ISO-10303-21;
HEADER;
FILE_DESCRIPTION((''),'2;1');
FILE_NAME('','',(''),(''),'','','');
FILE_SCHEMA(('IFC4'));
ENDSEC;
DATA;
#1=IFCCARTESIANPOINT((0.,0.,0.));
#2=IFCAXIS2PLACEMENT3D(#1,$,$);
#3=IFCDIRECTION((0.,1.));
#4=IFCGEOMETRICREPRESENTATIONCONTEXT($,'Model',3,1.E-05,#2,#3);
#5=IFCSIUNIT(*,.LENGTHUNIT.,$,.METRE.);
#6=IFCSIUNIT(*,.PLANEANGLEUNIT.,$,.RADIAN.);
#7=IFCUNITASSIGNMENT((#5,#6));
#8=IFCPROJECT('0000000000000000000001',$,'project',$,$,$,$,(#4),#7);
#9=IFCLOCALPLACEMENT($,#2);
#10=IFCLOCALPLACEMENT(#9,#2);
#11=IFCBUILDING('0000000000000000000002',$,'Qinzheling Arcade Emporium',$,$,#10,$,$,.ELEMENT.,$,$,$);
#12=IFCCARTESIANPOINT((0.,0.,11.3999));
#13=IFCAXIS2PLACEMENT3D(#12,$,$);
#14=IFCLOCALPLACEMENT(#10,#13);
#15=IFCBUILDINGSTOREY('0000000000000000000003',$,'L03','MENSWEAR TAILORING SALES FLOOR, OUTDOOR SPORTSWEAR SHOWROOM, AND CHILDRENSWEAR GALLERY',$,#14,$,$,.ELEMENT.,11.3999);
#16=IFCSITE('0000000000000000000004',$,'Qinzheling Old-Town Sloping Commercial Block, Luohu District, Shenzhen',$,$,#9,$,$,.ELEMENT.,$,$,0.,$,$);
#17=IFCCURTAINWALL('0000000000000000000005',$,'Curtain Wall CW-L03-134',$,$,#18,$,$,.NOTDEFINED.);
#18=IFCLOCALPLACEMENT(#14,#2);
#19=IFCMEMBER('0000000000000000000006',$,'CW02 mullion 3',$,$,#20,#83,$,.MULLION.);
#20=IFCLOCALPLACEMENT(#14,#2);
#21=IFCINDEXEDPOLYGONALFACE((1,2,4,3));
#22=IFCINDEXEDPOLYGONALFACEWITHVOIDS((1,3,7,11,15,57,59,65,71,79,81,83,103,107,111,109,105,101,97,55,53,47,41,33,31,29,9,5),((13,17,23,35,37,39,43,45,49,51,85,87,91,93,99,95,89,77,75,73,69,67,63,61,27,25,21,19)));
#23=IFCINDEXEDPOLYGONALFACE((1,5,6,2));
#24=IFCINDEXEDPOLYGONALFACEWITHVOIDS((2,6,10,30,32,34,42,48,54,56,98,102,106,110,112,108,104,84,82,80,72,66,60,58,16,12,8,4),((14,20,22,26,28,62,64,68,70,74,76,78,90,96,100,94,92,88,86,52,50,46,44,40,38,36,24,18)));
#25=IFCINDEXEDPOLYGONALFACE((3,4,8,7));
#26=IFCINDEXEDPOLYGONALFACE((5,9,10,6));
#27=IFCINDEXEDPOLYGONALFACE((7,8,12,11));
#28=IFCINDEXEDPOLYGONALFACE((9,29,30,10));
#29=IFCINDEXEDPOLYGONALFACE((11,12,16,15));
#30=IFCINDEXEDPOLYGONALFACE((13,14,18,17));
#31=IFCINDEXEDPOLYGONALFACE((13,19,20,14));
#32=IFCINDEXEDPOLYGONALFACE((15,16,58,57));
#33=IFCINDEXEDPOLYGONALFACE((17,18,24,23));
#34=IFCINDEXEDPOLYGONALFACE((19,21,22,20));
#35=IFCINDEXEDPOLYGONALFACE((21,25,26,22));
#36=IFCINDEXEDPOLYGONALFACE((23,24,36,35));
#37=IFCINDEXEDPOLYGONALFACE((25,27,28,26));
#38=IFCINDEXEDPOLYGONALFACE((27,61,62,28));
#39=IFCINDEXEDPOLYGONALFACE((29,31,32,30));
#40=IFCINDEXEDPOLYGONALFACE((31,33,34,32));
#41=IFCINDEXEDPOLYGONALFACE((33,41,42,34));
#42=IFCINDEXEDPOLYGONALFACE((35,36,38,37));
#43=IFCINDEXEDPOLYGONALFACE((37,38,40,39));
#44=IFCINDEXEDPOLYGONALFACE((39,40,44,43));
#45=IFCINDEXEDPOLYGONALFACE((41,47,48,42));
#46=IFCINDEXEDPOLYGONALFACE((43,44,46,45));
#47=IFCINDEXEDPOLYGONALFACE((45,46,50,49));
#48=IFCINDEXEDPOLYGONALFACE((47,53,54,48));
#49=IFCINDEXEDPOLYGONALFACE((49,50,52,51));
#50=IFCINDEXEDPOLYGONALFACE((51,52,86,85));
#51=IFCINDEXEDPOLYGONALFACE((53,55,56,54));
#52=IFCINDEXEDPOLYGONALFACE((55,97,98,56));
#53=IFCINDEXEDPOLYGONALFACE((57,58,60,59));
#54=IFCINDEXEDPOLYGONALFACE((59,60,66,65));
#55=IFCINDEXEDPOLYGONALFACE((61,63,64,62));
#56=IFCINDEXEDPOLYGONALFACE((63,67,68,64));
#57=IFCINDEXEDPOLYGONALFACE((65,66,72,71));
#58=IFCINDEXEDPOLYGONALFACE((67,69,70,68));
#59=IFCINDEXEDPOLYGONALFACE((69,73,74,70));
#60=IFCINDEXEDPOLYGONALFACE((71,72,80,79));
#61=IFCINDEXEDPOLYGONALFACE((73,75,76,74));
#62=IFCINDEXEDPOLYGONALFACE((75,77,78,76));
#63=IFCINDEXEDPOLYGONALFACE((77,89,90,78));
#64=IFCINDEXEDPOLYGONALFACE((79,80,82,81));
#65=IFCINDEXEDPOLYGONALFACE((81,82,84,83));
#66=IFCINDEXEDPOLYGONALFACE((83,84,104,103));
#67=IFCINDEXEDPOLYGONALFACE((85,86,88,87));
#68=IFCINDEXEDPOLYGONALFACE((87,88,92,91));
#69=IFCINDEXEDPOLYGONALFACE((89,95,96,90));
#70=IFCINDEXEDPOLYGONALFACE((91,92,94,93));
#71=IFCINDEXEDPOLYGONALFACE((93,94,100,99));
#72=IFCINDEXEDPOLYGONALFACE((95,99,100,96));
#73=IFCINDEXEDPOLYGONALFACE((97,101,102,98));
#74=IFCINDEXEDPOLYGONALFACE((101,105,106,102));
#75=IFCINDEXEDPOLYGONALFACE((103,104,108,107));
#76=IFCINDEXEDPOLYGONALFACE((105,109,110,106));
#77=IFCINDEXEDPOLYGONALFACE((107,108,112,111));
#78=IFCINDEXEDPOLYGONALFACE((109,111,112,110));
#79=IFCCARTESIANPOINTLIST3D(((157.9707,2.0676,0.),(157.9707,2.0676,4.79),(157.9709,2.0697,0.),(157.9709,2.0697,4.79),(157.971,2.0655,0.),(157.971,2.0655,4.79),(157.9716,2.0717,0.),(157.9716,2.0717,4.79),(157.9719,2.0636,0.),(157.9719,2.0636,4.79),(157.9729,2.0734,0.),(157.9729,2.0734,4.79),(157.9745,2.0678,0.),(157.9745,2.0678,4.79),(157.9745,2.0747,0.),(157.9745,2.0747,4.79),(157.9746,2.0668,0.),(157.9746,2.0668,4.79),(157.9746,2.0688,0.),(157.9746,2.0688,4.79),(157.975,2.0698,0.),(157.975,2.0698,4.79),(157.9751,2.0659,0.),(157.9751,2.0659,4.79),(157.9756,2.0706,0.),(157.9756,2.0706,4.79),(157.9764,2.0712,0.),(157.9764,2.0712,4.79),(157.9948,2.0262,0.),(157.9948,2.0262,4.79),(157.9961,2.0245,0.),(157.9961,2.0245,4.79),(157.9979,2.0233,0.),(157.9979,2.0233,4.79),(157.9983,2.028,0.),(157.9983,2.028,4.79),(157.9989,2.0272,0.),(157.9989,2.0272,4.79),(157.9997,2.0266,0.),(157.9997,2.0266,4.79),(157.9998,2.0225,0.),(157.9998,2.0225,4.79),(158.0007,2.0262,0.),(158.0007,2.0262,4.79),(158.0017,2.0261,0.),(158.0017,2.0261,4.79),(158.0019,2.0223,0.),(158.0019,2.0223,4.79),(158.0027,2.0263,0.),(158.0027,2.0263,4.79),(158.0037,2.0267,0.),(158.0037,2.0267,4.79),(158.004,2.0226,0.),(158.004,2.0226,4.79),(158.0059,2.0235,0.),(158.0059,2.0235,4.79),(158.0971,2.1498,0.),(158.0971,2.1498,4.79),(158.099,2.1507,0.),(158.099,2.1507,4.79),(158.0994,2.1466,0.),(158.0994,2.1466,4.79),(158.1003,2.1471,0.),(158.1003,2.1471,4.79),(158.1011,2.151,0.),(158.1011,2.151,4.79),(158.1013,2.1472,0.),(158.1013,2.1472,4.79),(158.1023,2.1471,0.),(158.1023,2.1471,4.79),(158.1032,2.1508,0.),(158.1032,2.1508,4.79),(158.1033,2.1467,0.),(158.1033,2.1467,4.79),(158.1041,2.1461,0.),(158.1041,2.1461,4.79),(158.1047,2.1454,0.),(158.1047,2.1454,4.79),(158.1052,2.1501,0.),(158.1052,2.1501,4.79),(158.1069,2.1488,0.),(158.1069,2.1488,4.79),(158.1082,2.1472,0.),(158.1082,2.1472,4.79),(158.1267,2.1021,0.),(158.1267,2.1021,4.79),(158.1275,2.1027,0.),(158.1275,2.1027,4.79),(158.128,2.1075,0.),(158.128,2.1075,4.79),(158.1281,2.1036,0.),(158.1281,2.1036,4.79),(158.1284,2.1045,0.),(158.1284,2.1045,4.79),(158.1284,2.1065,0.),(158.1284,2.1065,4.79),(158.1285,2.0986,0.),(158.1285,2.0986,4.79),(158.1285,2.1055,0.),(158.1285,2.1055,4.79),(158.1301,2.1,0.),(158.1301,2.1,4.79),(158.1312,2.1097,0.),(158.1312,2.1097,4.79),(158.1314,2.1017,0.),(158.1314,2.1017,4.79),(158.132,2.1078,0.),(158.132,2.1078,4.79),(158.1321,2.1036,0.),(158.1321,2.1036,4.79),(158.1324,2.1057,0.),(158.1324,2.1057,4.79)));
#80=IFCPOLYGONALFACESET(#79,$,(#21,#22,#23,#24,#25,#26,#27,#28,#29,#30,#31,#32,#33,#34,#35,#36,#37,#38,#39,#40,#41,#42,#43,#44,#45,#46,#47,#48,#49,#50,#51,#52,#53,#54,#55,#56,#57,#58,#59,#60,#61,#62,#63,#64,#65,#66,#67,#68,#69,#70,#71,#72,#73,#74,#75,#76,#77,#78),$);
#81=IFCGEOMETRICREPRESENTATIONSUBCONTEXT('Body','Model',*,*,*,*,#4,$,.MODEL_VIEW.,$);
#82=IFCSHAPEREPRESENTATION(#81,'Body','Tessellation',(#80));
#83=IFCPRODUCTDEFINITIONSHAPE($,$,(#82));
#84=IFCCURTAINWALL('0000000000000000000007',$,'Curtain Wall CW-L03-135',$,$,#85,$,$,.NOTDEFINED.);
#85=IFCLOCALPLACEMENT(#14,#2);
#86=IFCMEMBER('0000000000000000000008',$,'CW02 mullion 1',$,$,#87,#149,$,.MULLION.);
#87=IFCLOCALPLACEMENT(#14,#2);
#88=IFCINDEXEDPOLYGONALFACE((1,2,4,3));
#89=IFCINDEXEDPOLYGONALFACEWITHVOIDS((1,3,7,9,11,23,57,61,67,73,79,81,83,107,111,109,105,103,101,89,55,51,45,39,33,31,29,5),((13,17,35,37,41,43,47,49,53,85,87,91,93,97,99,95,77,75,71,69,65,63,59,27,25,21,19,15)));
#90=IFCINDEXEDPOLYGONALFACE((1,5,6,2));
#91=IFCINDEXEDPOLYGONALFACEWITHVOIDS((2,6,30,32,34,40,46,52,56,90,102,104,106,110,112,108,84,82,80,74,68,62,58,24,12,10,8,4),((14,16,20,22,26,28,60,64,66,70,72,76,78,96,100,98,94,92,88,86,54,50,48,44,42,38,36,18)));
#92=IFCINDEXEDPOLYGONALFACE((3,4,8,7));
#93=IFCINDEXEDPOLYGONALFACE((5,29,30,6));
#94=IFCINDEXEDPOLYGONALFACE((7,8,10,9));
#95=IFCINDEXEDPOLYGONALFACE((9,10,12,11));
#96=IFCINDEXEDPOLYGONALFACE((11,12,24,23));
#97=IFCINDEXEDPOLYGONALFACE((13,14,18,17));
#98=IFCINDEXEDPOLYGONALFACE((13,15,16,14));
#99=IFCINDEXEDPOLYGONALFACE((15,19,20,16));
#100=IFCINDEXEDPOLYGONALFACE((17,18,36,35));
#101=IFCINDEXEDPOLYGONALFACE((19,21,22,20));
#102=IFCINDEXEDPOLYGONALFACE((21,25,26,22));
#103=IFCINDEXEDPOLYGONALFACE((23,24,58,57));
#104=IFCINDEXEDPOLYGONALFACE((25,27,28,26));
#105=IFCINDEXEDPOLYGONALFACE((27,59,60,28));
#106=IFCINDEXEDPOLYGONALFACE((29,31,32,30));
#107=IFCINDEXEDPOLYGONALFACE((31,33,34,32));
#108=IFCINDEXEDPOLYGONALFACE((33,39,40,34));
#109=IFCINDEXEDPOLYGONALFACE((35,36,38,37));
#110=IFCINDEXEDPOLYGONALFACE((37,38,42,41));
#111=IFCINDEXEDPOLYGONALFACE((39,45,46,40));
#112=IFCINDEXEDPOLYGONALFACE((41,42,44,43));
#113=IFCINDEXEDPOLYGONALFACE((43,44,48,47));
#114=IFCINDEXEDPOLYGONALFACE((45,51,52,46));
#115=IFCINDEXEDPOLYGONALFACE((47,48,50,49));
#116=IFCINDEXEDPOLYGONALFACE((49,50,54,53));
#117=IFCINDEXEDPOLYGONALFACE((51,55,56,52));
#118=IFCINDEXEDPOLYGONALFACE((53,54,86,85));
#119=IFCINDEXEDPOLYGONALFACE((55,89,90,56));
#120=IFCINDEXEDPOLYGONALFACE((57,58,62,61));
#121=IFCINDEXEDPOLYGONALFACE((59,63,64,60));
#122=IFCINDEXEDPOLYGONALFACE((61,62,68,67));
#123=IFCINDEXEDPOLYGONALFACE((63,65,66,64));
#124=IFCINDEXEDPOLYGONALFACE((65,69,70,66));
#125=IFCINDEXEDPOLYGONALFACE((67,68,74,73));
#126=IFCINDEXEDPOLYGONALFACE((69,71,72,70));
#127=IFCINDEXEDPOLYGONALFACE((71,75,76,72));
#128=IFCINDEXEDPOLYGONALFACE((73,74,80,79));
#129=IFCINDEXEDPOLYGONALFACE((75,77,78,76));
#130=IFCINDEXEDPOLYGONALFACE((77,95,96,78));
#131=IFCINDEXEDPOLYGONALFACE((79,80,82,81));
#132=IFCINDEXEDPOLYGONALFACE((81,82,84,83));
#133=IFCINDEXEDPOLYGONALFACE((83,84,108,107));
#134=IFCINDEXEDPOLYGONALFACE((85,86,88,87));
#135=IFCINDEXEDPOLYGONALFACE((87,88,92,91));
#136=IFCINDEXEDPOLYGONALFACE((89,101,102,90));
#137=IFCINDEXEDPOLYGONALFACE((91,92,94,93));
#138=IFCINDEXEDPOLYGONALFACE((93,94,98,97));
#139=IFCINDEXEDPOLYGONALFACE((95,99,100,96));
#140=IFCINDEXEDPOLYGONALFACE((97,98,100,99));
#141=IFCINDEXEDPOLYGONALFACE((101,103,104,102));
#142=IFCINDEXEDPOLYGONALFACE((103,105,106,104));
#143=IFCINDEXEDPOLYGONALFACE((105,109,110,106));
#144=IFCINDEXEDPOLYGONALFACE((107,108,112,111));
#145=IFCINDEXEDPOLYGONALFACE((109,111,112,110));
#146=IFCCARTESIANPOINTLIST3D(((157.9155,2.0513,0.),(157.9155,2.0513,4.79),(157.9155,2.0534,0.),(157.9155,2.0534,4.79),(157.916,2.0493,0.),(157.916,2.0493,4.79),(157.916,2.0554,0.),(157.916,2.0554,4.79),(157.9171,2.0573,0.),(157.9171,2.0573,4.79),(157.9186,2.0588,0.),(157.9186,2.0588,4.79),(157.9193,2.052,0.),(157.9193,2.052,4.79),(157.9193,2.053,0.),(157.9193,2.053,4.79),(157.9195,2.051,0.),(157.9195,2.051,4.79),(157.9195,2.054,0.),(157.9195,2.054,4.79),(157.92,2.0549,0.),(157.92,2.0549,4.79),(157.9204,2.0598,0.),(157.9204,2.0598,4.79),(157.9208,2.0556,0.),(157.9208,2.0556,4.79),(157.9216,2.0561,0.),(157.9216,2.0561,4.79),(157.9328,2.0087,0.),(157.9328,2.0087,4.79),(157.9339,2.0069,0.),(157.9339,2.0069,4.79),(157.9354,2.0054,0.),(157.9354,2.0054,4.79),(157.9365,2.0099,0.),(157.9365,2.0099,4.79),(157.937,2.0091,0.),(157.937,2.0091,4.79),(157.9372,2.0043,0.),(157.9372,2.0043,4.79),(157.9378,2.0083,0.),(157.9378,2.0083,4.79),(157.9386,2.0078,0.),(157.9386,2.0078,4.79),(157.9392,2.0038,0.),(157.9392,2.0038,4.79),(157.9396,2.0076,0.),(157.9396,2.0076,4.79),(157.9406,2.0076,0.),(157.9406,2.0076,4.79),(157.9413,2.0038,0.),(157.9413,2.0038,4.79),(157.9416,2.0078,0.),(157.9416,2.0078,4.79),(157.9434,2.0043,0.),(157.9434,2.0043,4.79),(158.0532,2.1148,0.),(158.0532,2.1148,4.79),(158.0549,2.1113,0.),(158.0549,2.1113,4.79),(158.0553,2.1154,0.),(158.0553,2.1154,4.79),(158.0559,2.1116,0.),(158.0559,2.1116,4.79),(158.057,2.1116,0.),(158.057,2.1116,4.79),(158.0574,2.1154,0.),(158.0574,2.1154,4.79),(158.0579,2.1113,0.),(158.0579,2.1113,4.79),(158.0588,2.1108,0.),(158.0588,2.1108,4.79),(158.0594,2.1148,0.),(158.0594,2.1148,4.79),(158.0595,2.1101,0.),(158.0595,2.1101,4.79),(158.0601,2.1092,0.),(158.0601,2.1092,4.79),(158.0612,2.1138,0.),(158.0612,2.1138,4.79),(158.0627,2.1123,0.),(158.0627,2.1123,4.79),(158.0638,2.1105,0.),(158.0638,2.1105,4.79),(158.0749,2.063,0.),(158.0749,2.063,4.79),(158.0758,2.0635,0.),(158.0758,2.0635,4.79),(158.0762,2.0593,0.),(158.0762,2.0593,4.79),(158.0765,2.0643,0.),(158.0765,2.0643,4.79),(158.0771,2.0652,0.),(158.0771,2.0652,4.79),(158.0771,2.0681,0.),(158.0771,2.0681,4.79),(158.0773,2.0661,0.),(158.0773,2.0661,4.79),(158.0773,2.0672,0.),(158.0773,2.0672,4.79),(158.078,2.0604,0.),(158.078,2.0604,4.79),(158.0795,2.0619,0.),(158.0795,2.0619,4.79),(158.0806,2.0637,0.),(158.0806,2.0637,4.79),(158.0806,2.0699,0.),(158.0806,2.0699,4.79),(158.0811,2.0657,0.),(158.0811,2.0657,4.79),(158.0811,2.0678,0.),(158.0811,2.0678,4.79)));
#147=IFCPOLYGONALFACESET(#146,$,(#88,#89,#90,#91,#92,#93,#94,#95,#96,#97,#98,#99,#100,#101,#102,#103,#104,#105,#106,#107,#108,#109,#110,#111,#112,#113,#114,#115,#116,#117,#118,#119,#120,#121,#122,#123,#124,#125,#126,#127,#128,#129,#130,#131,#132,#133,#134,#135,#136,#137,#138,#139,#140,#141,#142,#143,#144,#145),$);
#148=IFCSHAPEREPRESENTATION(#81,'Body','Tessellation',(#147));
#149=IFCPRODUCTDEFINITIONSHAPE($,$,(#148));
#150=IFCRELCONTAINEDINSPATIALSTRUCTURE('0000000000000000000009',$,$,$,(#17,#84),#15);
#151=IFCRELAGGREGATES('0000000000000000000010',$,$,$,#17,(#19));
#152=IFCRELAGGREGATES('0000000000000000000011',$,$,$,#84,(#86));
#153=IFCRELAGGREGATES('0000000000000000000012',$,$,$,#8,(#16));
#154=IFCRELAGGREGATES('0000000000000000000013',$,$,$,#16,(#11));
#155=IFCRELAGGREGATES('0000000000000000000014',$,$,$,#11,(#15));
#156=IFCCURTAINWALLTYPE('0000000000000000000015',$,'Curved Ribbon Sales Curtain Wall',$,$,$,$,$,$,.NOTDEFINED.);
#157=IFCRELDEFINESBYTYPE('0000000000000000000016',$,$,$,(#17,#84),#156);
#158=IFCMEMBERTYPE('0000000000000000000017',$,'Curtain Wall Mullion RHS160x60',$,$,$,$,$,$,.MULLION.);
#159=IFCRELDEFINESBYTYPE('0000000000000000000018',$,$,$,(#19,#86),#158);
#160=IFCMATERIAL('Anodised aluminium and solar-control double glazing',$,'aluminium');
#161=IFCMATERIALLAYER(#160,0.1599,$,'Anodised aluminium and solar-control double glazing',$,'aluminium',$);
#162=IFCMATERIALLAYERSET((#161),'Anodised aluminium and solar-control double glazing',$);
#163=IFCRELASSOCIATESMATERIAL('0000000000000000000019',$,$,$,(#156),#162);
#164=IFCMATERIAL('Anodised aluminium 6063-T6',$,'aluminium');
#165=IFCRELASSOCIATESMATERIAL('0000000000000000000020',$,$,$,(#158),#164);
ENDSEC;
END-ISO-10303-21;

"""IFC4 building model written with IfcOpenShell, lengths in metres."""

from ifc_helpers import new_model, si_unit, direction, frame, origin, origin_2d, place, context, subcontext, project, spatial, hollow_rectangle, extrude, material, layer, layer_set, material_profile, profile_set, type_object, element, aggregate, save


model = new_model("IFC4")

# Units and contexts
model_context = context("Model", 3, precision=1e-05, world=origin(), true_north=direction((0.0, 1.0)))
body_context = subcontext(model_context, "Body", "Model", "MODEL_VIEW")
ifc_project = project(units=[si_unit("LENGTHUNIT", "METRE"), si_unit("PLANEANGLEUNIT", "RADIAN")], contexts=[model_context])

# Site, building, storey
site_placement = place(None, origin())
site = spatial("IfcSite", under=ifc_project, at=site_placement, Name="Qinzheling Old-Town Sloping Commercial Block, Luohu District, Shenzhen", CompositionType="ELEMENT", RefElevation=0.0)
building_placement = place(site_placement, origin())
building = spatial("IfcBuilding", under=site, at=building_placement, Name="Qinzheling Arcade Emporium", CompositionType="ELEMENT")
storey_placement = place(building_placement, frame((0.0, 0.0, 11.3999)))
storey = spatial("IfcBuildingStorey", under=building, at=storey_placement, Name="L03", Description="MENSWEAR TAILORING SALES FLOOR, OUTDOOR SPORTSWEAR SHOWROOM, AND CHILDRENSWEAR GALLERY", CompositionType="ELEMENT", Elevation=11.3999)

# Curtain walls, members
ifc_material_1 = material(Name="Anodised aluminium and solar-control double glazing", Category="aluminium")
ifc_layer_1 = layer(ifc_material_1, 0.1599, Name="Anodised aluminium and solar-control double glazing", Category="aluminium")
ifc_layer_set_1 = layer_set([ifc_layer_1], Name="Anodised aluminium and solar-control double glazing")
curtain_wall_type = type_object("IfcCurtainWallType", Name="Curved Ribbon Sales Curtain Wall", PredefinedType="NOTDEFINED", material=ifc_layer_set_1)
ifc_material_2 = material(Name="Anodised aluminium 6063-T6", Category="aluminium")
ifc_material_profile_1 = material_profile(ifc_material_2, hollow_rectangle(XDim=0.0601, YDim=0.1599, WallThickness=0.0039, InnerFilletRadius=0.0039, OuterFilletRadius=0.0081, at=origin_2d()), Name="RHS 160x60x4", Category="aluminium")
ifc_profile_set_1 = profile_set([ifc_material_profile_1], Name="Anodised aluminium 6063-T6")
member_type_1 = type_object("IfcMemberType", Name="Curtain Wall Mullion RHS160x60", PredefinedType="MULLION", material=ifc_profile_set_1)
curtain_wall_1_placement = place(storey_placement, origin())
curtain_wall_1 = element("IfcCurtainWall", 1, at=curtain_wall_1_placement, inside=storey, type_object=curtain_wall_type, Name="Curtain Wall CW-L03-134", PredefinedType="NOTDEFINED")
member_1_placement = place(storey_placement, frame((158.0515, 2.0867, 0.0), z_axis=(0.0, 0.0, 1.0), x_axis=(0.522562, -0.852601, 0.0)))
member_1 = element("IfcMember", 2, at=member_1_placement, type_object=member_type_1, Name="CW02 mullion 3", PredefinedType="MULLION", context=body_context, shape_type="SweptSolid", body=[
    extrude(hollow_rectangle(XDim=0.0601, YDim=0.1599, WallThickness=0.0039, InnerFilletRadius=0.0039, OuterFilletRadius=0.0081, at=origin_2d()), origin(), (0.0, 0.0, 1.0), 4.79),
])
curtain_wall_2_placement = place(storey_placement, origin())
curtain_wall_2 = element("IfcCurtainWall", 3, at=curtain_wall_2_placement, inside=storey, type_object=curtain_wall_type, Name="Curtain Wall CW-L03-135", PredefinedType="NOTDEFINED")
member_2_placement = place(storey_placement, frame((157.9983, 2.0596, 0.0), z_axis=(0.0, 0.0, 1.0), x_axis=(0.382638, -0.923898, 0.0)))
member_2 = element("IfcMember", 4, at=member_2_placement, type_object=member_type_1, Name="CW02 mullion 1", PredefinedType="MULLION", context=body_context, shape_type="SweptSolid", body=[
    extrude(hollow_rectangle(XDim=0.0601, YDim=0.1599, WallThickness=0.0039, InnerFilletRadius=0.0039, OuterFilletRadius=0.0081, at=origin_2d()), origin(), (0.0, 0.0, 1.0), 4.79),
])

aggregate(curtain_wall_1, [member_1])
aggregate(curtain_wall_2, [member_2])

save(model, "model.ifc")
